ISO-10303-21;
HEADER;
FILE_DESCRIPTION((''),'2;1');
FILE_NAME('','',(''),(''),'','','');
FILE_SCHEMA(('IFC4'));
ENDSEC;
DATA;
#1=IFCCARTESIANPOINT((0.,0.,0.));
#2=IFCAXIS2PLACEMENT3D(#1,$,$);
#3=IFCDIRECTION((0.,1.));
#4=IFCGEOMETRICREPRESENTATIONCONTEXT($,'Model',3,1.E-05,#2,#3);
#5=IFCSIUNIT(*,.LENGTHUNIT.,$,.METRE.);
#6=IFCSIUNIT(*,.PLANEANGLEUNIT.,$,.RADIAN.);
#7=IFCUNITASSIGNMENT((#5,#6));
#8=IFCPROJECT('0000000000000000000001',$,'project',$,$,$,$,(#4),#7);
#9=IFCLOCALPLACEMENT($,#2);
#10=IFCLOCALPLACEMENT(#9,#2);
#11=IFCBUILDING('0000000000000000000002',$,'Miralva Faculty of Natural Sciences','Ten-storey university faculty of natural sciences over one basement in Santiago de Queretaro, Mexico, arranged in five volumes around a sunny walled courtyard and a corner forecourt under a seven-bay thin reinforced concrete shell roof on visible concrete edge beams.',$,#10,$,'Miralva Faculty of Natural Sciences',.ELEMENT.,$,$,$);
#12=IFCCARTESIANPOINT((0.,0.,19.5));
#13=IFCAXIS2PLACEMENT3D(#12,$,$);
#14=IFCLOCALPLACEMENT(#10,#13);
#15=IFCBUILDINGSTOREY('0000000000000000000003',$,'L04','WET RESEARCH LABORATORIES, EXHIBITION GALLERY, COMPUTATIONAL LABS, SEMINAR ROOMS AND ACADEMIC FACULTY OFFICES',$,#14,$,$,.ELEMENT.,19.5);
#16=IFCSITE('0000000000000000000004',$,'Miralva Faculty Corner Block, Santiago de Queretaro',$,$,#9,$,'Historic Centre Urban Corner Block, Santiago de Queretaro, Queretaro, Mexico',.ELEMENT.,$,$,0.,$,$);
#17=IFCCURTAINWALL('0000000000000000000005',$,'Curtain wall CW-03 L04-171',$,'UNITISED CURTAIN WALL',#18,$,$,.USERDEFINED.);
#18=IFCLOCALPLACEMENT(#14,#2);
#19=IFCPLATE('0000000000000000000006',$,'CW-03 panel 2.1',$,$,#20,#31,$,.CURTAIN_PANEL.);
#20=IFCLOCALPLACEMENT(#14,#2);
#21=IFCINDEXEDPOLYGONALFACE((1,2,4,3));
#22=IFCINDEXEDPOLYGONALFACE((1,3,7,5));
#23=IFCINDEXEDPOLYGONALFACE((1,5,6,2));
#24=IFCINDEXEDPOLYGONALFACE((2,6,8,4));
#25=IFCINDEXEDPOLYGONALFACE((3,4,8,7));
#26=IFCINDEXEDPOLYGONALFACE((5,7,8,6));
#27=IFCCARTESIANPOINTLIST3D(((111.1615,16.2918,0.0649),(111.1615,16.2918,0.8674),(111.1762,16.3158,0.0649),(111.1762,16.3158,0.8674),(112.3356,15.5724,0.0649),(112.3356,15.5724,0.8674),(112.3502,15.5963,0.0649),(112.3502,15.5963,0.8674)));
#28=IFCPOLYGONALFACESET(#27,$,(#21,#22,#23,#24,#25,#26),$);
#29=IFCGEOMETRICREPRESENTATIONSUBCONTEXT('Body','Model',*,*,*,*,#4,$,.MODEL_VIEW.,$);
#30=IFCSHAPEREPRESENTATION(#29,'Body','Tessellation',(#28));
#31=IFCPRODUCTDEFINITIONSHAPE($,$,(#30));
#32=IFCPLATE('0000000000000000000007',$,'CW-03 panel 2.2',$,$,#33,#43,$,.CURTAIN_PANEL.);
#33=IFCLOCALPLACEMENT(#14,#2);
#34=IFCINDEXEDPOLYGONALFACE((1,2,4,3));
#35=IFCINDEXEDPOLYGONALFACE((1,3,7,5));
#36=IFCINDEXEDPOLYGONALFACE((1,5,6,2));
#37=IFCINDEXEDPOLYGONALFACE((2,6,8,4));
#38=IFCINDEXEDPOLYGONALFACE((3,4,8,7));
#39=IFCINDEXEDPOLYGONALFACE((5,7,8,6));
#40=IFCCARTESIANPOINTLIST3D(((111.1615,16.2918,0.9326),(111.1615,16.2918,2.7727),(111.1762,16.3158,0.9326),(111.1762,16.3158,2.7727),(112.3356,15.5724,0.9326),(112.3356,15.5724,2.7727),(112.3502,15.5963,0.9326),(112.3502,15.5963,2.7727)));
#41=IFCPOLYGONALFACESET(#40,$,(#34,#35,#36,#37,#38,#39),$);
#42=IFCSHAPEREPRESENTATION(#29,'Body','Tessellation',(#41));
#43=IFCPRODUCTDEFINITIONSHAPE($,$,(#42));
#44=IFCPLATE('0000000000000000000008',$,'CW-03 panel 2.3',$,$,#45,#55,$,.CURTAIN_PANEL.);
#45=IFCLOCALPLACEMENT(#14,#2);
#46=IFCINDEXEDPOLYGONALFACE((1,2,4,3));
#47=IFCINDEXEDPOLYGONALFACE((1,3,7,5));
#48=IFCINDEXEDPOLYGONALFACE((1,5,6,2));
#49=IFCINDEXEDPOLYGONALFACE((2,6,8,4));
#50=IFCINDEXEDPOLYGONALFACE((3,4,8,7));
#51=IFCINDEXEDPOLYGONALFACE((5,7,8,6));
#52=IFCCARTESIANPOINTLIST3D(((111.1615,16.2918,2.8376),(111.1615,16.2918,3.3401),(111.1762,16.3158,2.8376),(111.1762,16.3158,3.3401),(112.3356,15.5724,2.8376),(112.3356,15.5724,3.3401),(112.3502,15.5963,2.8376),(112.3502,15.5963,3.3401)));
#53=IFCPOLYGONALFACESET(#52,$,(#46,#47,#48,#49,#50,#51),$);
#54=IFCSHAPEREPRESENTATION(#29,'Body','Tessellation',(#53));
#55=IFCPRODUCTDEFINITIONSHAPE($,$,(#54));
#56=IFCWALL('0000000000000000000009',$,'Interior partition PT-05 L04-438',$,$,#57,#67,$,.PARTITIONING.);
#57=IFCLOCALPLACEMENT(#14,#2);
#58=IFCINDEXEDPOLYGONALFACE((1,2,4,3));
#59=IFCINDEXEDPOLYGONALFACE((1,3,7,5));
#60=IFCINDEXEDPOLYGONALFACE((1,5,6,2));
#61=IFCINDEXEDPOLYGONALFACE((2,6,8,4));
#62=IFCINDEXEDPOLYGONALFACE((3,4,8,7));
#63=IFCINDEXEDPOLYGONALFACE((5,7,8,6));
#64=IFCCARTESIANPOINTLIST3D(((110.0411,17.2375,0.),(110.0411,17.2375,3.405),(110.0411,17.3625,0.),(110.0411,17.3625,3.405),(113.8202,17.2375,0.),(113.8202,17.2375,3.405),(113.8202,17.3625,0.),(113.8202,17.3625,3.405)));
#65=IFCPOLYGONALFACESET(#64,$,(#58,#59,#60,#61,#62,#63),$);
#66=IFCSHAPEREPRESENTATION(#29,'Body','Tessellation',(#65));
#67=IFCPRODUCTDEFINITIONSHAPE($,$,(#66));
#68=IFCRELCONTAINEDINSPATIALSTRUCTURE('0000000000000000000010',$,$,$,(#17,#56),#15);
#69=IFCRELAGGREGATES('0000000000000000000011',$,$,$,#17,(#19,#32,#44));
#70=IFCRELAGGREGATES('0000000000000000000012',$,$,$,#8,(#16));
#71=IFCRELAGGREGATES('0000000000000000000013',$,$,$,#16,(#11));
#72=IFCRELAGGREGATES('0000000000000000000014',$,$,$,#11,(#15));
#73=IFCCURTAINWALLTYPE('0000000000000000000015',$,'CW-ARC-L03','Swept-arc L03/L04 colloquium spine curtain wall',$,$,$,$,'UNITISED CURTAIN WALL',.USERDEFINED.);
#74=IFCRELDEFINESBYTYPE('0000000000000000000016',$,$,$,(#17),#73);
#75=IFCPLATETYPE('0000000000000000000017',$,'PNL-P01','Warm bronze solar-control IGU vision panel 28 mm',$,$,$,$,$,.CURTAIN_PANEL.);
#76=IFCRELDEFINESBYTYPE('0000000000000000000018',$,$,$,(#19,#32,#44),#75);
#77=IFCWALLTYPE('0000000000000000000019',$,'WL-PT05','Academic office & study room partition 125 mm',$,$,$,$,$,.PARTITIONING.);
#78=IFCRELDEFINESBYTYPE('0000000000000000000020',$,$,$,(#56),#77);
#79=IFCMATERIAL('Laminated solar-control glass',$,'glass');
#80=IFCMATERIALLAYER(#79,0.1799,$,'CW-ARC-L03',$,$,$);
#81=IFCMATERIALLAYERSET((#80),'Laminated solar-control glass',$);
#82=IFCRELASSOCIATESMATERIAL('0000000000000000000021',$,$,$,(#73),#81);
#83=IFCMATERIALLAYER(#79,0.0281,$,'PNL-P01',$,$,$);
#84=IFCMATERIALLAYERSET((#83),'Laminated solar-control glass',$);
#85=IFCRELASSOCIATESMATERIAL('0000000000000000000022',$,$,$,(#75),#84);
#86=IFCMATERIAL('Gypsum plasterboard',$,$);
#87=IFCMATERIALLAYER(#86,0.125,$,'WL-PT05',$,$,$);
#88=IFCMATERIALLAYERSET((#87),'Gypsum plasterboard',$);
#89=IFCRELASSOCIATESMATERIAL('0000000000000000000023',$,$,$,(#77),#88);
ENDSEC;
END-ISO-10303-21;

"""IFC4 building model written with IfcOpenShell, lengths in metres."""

from ifc_helpers import new_model, si_unit, direction, frame, frame_2d, origin, origin_2d, place, context, subcontext, project, spatial, rectangle, extrude, material, layer, layer_set, type_object, element, aggregate, save


model = new_model("IFC4")

# Units and contexts
model_context = context("Model", 3, precision=1e-05, world=origin(), true_north=direction((0.0, 1.0)))
body_context = subcontext(model_context, "Body", "Model", "MODEL_VIEW")
ifc_project = project(units=[si_unit("LENGTHUNIT", "METRE"), si_unit("PLANEANGLEUNIT", "RADIAN")], contexts=[model_context])

# Site, building, storey
site_placement = place(None, origin())
site = spatial("IfcSite", under=ifc_project, at=site_placement, Name="Miralva Faculty Corner Block, Santiago de Queretaro", LongName="Historic Centre Urban Corner Block, Santiago de Queretaro, Queretaro, Mexico", CompositionType="ELEMENT", RefElevation=0.0)
building_placement = place(site_placement, origin())
building = spatial("IfcBuilding", under=site, at=building_placement, Name="Miralva Faculty of Natural Sciences", Description="Ten-storey university faculty of natural sciences over one basement in Santiago de Queretaro, Mexico, arranged in five volumes around a sunny walled courtyard and a corner forecourt under a seven-bay thin reinforced concrete shell roof on visible concrete edge beams.", LongName="Miralva Faculty of Natural Sciences", CompositionType="ELEMENT")
storey_placement = place(building_placement, frame((0.0, 0.0, 19.5)))
storey = spatial("IfcBuildingStorey", under=building, at=storey_placement, Name="L04", Description="WET RESEARCH LABORATORIES, EXHIBITION GALLERY, COMPUTATIONAL LABS, SEMINAR ROOMS AND ACADEMIC FACULTY OFFICES", CompositionType="ELEMENT", Elevation=19.5)

# Shared definitions
ifc_material_1 = material(Name="Laminated solar-control glass", Category="glass")
ifc_layer_1 = layer(ifc_material_1, 0.1799, Name="CW-ARC-L03")
ifc_layer_set_1 = layer_set([ifc_layer_1], Name="Laminated solar-control glass")
curtain_wall_type = type_object("IfcCurtainWallType", Name="CW-ARC-L03", Description="Swept-arc L03/L04 colloquium spine curtain wall", ElementType="UNITISED CURTAIN WALL", PredefinedType="USERDEFINED", material=ifc_layer_set_1)

# Curtain wall
curtain_wall_1_placement = place(storey_placement, origin())
curtain_wall_1 = element("IfcCurtainWall", 1, at=curtain_wall_1_placement, inside=storey, type_object=curtain_wall_type, Name="Curtain wall CW-03 L04-171", ObjectType="UNITISED CURTAIN WALL", PredefinedType="USERDEFINED")

# Plates
ifc_layer_2 = layer(ifc_material_1, 0.0281, Name="PNL-P01")
ifc_layer_set_2 = layer_set([ifc_layer_2], Name="Laminated solar-control glass")
plate_type = type_object("IfcPlateType", Name="PNL-P01", Description="Warm bronze solar-control IGU vision panel 28 mm", PredefinedType="CURTAIN_PANEL", material=ifc_layer_set_2)
plate_1_placement = place(storey_placement, frame((111.7559, 15.9441, 0.0649), z_axis=(0.0, 0.0, 1.0), x_axis=(0.85265, -0.522483, 0.0)))
plate_1 = element("IfcPlate", 2, at=plate_1_placement, type_object=plate_type, Name="CW-03 panel 2.1", PredefinedType="CURTAIN_PANEL", context=body_context, shape_type="SweptSolid", body=[
    extrude(rectangle(XDim=1.377, YDim=0.0281, at=origin_2d()), origin(), (0.0, 0.0, 1.0), 0.8025),
])
plate_2_placement = place(storey_placement, frame((111.7559, 15.9441, 0.9326), z_axis=(0.0, 0.0, 1.0), x_axis=(0.85265, -0.522483, 0.0)))
plate_2 = element("IfcPlate", 3, at=plate_2_placement, type_object=plate_type, Name="CW-03 panel 2.2", PredefinedType="CURTAIN_PANEL", context=body_context, shape_type="SweptSolid", body=[
    extrude(rectangle(XDim=1.377, YDim=0.0281, at=origin_2d()), origin(), (0.0, 0.0, 1.0), 1.8401),
])
plate_3_placement = place(storey_placement, frame((111.7559, 15.9441, 2.8376), z_axis=(0.0, 0.0, 1.0), x_axis=(0.85265, -0.522483, 0.0)))
plate_3 = element("IfcPlate", 4, at=plate_3_placement, type_object=plate_type, Name="CW-03 panel 2.3", PredefinedType="CURTAIN_PANEL", context=body_context, shape_type="SweptSolid", body=[
    extrude(rectangle(XDim=1.377, YDim=0.0281, at=origin_2d()), origin(), (0.0, 0.0, 1.0), 0.5024),
])
aggregate(curtain_wall_1, [plate_1, plate_2, plate_3])

# Wall
ifc_material_2 = material(Name="Gypsum plasterboard")
ifc_layer_3 = layer(ifc_material_2, 0.125, Name="WL-PT05")
ifc_layer_set_3 = layer_set([ifc_layer_3], Name="Gypsum plasterboard")
wall_type = type_object("IfcWallType", Name="WL-PT05", Description="Academic office & study room partition 125 mm", PredefinedType="PARTITIONING", material=ifc_layer_set_3)
wall_placement = place(storey_placement, frame((110.041, 17.3, 0.0), z_axis=(0.0, 0.0, 1.0), x_axis=(1.0, 0.0, 0.0)))
element("IfcWall", 5, at=wall_placement, inside=storey, type_object=wall_type, Name="Interior partition PT-05 L04-438", PredefinedType="PARTITIONING", context=body_context, shape_type="SweptSolid", body=[
    extrude(rectangle(XDim=3.7791, YDim=0.125, at=frame_2d((1.8896, 0.0))), origin(), (0.0, 0.0, 1.0), 3.405),
])

save(model, "model.ifc")
